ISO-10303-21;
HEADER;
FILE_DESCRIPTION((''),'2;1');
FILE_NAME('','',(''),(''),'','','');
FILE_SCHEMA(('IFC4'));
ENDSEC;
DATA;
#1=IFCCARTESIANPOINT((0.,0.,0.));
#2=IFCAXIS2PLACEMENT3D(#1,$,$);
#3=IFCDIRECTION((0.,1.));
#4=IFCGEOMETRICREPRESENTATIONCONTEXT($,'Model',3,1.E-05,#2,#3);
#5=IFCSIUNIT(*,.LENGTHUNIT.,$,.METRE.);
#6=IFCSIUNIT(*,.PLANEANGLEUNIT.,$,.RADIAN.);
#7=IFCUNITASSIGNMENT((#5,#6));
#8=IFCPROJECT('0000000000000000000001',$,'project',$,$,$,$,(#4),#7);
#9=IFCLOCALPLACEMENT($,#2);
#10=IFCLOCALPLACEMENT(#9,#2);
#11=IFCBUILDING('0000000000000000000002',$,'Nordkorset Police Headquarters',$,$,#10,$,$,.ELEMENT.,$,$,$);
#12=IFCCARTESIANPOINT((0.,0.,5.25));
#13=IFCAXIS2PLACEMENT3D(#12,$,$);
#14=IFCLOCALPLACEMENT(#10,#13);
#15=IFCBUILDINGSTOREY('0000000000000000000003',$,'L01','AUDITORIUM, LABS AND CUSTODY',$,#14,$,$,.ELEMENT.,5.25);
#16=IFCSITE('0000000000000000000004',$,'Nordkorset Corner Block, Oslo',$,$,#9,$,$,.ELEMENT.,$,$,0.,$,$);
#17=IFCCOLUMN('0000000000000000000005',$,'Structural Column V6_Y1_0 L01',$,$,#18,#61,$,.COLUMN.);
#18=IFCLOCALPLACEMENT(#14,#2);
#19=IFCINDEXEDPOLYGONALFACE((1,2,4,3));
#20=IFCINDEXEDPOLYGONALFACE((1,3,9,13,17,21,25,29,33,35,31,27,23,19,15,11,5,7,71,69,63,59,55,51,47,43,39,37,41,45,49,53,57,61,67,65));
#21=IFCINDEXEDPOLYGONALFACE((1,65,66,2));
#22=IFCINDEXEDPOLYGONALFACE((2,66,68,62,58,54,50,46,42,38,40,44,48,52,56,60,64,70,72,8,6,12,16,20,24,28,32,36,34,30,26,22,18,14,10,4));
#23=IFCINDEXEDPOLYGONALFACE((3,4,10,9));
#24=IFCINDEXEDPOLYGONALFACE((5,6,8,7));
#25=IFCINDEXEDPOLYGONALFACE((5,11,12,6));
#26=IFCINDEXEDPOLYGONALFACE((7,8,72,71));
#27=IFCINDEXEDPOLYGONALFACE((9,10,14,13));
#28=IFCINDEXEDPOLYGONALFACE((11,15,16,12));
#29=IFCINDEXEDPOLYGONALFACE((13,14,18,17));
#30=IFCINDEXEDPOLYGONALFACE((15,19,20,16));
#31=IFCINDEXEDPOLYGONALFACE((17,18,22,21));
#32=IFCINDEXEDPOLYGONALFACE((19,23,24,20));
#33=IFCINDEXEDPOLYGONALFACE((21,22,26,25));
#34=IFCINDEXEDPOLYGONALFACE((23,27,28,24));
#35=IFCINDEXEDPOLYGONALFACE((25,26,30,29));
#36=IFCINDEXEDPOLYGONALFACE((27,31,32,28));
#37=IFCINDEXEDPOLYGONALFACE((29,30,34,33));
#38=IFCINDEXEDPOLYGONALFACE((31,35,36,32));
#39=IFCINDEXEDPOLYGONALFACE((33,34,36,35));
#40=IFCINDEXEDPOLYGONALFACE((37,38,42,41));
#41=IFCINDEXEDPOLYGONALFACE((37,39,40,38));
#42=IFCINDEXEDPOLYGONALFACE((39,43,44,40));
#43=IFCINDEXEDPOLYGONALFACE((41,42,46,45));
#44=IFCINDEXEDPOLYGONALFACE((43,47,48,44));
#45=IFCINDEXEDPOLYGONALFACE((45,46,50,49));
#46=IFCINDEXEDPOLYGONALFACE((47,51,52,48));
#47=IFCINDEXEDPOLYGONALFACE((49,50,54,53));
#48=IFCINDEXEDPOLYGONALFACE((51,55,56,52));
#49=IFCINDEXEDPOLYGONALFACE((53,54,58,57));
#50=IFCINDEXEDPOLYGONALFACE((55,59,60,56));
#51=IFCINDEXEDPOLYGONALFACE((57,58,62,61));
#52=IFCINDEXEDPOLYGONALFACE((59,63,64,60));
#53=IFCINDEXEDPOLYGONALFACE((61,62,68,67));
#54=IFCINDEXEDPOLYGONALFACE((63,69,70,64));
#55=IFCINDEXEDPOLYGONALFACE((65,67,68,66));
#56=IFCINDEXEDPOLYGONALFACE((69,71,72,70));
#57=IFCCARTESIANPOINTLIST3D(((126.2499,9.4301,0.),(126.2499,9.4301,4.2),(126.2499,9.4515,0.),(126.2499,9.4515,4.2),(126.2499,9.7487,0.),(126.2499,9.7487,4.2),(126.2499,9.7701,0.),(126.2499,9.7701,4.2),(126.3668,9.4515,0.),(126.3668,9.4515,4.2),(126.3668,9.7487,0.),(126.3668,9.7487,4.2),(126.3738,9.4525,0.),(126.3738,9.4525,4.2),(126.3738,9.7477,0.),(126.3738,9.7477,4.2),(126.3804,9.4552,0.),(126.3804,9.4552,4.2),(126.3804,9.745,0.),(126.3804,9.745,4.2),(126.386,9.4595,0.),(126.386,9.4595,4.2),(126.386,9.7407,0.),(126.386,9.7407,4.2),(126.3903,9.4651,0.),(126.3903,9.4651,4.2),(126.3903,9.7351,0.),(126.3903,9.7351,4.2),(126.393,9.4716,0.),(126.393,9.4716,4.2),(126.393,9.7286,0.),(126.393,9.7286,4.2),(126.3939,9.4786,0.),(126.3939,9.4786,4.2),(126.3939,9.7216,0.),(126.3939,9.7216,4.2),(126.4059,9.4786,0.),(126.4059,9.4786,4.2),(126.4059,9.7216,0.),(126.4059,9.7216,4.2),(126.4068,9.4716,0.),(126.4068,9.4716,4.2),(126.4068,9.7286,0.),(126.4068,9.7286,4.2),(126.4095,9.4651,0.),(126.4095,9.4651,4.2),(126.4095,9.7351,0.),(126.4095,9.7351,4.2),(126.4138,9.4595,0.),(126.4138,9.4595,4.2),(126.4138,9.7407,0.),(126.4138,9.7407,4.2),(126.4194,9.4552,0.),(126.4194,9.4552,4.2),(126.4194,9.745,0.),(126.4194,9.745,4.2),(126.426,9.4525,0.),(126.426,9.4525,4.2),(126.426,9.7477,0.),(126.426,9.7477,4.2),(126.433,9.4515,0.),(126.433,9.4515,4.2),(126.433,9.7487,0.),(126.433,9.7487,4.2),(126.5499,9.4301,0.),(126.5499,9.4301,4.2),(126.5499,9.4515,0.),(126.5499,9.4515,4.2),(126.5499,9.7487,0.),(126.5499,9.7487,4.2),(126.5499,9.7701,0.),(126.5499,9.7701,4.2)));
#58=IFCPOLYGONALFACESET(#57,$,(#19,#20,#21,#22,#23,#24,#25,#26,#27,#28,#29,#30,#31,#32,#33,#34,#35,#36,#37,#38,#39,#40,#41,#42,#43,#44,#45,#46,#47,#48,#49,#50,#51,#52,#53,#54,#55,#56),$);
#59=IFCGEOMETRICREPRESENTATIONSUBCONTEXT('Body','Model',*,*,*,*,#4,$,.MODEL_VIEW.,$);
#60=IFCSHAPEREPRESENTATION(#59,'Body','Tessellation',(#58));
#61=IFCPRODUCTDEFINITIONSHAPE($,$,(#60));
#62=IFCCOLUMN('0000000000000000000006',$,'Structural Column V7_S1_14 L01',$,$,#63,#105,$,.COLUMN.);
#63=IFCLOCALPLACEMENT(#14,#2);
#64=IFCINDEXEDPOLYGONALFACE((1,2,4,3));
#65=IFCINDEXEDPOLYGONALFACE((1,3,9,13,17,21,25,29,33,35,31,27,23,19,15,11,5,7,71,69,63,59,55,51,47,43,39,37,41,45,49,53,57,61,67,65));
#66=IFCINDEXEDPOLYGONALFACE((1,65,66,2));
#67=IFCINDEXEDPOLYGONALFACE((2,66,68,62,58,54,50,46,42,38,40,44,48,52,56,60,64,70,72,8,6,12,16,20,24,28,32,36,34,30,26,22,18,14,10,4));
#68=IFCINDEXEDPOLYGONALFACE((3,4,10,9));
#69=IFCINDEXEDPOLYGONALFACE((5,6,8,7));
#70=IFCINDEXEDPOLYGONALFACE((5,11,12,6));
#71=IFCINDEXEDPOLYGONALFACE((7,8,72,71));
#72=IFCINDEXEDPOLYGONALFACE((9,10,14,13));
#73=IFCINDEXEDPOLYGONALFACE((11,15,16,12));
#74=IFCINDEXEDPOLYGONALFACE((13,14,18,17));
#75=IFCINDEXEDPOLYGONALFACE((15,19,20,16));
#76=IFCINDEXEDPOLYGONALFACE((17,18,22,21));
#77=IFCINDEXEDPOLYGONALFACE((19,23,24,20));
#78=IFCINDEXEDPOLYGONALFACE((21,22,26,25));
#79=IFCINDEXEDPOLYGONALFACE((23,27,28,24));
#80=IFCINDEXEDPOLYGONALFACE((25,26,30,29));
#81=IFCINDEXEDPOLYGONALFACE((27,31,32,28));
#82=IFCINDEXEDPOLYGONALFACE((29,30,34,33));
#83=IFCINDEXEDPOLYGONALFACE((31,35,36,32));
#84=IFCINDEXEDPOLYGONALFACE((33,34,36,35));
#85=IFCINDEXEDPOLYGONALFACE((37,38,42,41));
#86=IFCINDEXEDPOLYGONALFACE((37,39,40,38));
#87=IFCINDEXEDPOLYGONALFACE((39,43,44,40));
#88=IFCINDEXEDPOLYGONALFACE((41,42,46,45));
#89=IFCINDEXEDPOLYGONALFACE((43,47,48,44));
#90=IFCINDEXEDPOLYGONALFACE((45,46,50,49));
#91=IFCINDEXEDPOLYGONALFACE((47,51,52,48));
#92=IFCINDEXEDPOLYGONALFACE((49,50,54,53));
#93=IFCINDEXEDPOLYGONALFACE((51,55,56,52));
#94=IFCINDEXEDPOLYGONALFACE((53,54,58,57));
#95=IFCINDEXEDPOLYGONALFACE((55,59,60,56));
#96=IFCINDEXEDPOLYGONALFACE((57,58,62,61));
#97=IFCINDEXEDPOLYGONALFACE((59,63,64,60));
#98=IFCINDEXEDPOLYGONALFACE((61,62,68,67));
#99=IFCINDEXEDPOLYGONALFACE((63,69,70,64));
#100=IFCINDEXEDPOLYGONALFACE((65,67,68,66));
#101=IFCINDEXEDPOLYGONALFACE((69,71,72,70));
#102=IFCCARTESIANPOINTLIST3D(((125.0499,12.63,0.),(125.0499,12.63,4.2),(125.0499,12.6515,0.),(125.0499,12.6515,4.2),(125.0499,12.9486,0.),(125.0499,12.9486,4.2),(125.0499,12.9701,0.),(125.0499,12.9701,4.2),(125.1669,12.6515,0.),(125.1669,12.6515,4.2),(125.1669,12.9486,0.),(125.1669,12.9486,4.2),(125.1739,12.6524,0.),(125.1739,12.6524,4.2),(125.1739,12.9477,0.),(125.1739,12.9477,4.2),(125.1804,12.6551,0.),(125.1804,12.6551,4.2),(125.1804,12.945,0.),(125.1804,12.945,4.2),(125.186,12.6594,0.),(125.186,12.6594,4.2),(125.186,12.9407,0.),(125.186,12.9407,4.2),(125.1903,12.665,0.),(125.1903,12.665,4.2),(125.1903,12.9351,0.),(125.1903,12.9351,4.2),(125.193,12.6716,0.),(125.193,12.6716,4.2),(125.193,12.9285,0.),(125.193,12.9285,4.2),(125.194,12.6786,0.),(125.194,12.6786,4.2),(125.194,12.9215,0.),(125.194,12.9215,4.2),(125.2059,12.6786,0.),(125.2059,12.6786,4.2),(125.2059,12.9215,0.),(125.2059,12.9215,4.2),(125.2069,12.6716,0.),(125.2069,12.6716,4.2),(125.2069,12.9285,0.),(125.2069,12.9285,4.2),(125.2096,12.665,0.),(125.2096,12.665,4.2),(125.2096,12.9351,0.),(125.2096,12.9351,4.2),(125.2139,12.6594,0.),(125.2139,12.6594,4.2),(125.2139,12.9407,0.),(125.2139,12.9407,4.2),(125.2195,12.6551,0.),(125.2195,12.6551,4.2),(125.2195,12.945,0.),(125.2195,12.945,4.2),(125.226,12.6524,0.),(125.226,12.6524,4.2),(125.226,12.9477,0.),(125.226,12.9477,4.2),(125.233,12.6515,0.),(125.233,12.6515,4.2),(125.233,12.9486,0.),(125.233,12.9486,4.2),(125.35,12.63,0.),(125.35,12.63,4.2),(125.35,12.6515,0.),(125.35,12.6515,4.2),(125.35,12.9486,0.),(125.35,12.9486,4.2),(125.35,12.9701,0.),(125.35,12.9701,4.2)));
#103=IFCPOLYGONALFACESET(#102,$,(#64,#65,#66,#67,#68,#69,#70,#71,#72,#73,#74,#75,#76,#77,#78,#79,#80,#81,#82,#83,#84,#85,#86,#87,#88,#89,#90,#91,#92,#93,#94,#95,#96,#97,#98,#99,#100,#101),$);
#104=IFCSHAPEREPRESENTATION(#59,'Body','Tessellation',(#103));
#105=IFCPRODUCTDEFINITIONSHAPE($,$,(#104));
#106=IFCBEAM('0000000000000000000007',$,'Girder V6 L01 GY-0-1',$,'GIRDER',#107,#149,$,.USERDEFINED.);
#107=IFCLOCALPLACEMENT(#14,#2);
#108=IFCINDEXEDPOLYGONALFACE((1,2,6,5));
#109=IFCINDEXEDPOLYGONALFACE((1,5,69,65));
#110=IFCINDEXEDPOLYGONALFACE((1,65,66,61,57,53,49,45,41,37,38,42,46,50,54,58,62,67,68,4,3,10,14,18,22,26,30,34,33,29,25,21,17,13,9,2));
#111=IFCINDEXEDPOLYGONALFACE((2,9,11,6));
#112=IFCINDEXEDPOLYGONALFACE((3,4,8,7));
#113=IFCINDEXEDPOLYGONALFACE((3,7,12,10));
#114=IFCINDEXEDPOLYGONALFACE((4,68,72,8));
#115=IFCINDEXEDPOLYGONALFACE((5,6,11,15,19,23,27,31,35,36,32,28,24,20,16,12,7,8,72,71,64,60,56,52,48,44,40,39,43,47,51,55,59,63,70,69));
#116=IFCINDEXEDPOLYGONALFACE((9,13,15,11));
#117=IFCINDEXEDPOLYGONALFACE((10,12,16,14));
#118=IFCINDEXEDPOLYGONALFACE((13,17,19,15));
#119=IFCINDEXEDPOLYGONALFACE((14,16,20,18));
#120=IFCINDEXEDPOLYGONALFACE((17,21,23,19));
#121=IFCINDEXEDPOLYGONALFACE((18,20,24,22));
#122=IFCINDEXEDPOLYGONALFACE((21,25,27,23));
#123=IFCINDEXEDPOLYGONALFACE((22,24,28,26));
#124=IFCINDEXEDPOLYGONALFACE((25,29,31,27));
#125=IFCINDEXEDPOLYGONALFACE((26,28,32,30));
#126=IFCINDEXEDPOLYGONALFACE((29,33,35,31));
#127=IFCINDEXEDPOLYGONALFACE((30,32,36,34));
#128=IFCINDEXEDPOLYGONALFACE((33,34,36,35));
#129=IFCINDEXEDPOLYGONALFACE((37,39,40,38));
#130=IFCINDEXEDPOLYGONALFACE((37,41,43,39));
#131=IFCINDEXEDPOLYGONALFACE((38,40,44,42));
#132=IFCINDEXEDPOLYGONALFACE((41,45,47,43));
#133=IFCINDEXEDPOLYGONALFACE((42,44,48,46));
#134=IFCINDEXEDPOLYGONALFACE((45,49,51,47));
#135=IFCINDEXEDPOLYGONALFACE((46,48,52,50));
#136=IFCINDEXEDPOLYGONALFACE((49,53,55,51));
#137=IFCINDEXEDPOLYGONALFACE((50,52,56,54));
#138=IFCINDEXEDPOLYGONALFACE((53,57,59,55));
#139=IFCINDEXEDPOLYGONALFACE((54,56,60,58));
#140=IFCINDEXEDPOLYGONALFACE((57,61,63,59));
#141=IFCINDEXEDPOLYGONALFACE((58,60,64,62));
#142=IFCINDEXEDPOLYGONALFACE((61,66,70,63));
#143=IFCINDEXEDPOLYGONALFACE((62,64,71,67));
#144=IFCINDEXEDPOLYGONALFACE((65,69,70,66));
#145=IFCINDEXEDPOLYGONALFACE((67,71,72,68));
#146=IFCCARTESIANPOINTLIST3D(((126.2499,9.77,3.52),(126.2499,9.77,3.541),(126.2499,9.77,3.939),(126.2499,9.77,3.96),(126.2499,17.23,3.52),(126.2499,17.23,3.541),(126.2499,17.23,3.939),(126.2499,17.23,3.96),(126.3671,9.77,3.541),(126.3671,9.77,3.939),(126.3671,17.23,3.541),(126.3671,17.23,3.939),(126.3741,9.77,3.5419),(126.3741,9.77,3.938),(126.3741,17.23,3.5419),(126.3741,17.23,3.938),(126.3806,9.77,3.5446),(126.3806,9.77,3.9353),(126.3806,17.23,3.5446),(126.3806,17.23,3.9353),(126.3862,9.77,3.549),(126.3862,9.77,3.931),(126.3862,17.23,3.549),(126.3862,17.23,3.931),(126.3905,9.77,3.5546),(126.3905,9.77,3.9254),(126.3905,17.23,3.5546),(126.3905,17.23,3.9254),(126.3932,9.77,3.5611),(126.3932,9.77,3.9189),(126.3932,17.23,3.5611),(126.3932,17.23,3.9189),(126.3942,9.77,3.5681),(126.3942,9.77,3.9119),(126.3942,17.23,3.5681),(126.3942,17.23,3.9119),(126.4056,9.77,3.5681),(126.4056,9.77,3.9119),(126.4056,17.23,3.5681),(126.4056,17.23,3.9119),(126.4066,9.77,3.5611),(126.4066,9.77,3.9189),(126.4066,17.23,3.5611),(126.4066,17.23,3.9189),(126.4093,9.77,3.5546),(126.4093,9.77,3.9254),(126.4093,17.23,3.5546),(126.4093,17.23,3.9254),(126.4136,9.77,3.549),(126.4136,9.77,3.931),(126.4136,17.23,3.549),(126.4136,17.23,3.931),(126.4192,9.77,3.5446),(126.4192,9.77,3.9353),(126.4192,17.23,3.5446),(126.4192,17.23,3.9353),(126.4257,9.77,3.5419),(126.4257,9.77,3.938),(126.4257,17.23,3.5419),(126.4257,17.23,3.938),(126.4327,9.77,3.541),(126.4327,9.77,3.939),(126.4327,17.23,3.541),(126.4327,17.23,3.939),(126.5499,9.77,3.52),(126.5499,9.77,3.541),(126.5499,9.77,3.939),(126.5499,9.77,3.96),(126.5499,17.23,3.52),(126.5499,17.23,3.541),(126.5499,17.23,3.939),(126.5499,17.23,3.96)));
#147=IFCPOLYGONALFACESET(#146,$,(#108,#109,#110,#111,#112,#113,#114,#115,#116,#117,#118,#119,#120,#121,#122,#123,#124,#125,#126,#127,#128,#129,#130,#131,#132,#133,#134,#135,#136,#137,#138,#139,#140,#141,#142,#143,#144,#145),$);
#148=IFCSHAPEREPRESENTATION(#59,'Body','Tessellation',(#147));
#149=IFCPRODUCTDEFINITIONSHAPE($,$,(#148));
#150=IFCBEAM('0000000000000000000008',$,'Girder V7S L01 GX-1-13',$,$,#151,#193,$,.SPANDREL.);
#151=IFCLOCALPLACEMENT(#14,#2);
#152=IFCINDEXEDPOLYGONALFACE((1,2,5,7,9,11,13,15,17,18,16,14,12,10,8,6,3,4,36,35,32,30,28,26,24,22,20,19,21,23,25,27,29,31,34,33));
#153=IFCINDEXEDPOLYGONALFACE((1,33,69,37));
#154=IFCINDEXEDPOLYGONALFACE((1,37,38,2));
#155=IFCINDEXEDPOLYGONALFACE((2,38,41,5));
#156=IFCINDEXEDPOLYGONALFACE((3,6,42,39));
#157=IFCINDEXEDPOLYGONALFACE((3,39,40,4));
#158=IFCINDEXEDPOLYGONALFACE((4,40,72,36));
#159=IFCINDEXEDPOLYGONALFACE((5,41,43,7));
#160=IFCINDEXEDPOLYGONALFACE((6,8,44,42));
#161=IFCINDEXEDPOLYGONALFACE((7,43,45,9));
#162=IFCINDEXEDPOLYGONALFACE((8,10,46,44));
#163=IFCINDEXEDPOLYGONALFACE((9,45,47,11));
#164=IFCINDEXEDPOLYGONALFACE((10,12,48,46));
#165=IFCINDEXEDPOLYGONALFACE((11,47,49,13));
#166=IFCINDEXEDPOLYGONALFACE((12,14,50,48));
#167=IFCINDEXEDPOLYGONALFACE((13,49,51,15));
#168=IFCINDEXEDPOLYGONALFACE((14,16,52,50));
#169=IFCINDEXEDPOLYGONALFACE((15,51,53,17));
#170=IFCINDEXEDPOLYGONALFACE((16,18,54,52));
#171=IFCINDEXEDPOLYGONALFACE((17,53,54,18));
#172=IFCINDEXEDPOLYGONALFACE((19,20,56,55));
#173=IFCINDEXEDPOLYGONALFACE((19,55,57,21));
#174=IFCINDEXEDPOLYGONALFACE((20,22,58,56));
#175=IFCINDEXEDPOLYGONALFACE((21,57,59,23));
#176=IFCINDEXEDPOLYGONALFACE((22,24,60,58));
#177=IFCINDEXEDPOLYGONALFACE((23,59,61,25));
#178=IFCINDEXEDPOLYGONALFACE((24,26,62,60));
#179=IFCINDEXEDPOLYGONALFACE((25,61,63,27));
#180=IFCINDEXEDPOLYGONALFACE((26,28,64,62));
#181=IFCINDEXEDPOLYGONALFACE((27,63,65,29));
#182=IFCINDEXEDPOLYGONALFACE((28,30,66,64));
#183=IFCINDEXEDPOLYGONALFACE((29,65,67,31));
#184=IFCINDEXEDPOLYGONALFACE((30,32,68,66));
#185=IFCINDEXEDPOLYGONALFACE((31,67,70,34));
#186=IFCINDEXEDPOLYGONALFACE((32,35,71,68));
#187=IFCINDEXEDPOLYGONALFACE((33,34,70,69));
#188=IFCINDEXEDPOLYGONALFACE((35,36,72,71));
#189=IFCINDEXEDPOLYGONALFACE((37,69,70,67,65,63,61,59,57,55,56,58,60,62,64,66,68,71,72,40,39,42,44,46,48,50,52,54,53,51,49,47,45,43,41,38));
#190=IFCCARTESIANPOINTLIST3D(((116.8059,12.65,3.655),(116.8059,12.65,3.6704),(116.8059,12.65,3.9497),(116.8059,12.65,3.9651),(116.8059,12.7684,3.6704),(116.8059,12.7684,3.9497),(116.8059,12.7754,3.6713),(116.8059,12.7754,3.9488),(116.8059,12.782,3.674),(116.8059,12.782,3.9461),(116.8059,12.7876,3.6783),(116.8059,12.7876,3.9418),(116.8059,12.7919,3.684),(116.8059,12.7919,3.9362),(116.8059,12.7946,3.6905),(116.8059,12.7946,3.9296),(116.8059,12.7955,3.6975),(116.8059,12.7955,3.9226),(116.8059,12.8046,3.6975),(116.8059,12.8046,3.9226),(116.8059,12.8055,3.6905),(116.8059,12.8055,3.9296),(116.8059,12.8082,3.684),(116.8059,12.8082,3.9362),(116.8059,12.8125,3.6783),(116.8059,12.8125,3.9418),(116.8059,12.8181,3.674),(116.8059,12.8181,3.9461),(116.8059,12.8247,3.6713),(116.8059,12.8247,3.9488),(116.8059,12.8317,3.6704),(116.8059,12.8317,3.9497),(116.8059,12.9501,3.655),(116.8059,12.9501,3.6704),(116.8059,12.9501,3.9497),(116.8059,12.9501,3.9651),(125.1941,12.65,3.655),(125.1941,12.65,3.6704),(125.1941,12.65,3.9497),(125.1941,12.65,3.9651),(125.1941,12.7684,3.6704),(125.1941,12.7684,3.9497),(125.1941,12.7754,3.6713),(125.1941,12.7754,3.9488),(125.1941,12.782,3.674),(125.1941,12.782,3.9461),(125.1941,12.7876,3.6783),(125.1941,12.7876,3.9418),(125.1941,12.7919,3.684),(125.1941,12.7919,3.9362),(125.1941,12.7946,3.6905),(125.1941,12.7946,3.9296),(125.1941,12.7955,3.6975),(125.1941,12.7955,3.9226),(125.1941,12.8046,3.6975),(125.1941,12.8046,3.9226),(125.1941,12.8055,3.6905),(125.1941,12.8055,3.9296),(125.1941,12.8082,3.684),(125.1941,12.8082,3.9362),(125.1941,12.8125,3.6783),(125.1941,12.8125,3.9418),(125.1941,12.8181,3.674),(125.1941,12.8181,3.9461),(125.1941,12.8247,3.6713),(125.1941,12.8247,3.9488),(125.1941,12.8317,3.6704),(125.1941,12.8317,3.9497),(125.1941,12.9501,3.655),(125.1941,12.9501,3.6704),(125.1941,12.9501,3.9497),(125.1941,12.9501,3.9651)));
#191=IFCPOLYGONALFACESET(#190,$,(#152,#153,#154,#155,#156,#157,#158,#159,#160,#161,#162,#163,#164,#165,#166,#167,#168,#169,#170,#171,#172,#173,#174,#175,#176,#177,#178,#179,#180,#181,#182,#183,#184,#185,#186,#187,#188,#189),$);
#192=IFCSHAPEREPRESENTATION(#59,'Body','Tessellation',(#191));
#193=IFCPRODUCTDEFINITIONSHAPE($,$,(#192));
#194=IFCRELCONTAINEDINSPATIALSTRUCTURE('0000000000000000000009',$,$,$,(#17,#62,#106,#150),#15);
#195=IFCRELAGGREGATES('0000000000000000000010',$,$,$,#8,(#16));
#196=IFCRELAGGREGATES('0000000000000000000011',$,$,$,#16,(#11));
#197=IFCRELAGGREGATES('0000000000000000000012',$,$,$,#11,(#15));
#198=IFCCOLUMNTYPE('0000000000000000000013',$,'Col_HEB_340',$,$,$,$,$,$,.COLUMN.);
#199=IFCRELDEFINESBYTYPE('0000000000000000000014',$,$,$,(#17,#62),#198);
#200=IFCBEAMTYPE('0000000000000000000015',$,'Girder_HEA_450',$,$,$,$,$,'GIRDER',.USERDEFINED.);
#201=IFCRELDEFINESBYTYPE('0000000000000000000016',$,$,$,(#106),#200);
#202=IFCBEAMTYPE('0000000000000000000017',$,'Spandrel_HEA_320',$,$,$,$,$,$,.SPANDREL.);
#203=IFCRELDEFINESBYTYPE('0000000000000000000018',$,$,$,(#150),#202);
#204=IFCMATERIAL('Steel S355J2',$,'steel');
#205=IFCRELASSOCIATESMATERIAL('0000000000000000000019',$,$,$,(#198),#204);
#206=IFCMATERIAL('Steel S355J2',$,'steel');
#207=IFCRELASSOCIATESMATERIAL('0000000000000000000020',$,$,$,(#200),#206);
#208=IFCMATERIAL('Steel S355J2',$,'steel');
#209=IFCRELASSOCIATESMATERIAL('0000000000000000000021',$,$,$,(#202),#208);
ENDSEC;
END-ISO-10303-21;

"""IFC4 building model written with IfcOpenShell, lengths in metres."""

from ifc_helpers import new_model, si_unit, direction, frame, origin, origin_2d, place, context, subcontext, project, spatial, i_section, extrude, material, material_profile, profile_set, type_object, element, save


model = new_model("IFC4")

# Units and contexts
model_context = context("Model", 3, precision=1e-05, world=origin(), true_north=direction((0.0, 1.0)))
body_context = subcontext(model_context, "Body", "Model", "MODEL_VIEW")
ifc_project = project(units=[si_unit("LENGTHUNIT", "METRE"), si_unit("PLANEANGLEUNIT", "RADIAN")], contexts=[model_context])

# Site, building, storey
site_placement = place(None, origin())
site = spatial("IfcSite", under=ifc_project, at=site_placement, Name="Nordkorset Corner Block, Oslo", CompositionType="ELEMENT", RefElevation=0.0)
building_placement = place(site_placement, origin())
building = spatial("IfcBuilding", under=site, at=building_placement, Name="Nordkorset Police Headquarters", CompositionType="ELEMENT")
storey_placement = place(building_placement, frame((0.0, 0.0, 5.25)))
storey = spatial("IfcBuildingStorey", under=building, at=storey_placement, Name="L01", Description="AUDITORIUM, LABS AND CUSTODY", CompositionType="ELEMENT", Elevation=5.25)

# Columns
ifc_material_1 = material(Name="Steel S355J2", Category="steel")
ifc_material_profile_1 = material_profile(ifc_material_1, i_section(OverallWidth=0.3, OverallDepth=0.3401, WebThickness=0.012, FlangeThickness=0.0215, FilletRadius=0.0271, at=origin_2d()), Name="HEB 340")
ifc_profile_set_1 = profile_set([ifc_material_profile_1], Name="Steel S355J2")
column_type = type_object("IfcColumnType", Name="Col_HEB_340", PredefinedType="COLUMN", material=ifc_profile_set_1)
for number, where, z_axis, x_axis, name in (
    (1, (126.3999, 9.6001, 0.0), (0.0, 0.0, 1.0), (1.0, 0.0, 0.0), "Structural Column V6_Y1_0 L01"),
    (2, (125.2, 12.8, 0.0), (0.0, 0.0, 1.0), (1.0, 0.0, 0.0), "Structural Column V7_S1_14 L01"),
):
    element("IfcColumn", number, at=place(storey_placement, frame(where, z_axis=z_axis, x_axis=x_axis)), inside=storey, type_object=column_type, Name=name, PredefinedType="COLUMN", context=body_context, shape_type="SweptSolid", body=[
        extrude(i_section(OverallWidth=0.3, OverallDepth=0.3401, WebThickness=0.012, FlangeThickness=0.0215, FilletRadius=0.0271, at=origin_2d()), origin(), (0.0, 0.0, 1.0), 4.2),
    ])

# Beams
ifc_material_2 = material(Name="Steel S355J2", Category="steel")
ifc_material_profile_2 = material_profile(ifc_material_2, i_section(OverallWidth=0.3, OverallDepth=0.4399, WebThickness=0.0115, FlangeThickness=0.021, FilletRadius=0.0271, at=origin_2d()), Name="HEA 450")
ifc_profile_set_2 = profile_set([ifc_material_profile_2], Name="Steel S355J2")
beam_type_1 = type_object("IfcBeamType", Name="Girder_HEA_450", ElementType="GIRDER", PredefinedType="USERDEFINED", material=ifc_profile_set_2)
beam_1_placement = place(storey_placement, frame((126.3999, 9.77, 3.74), z_axis=(0.0, 1.0, 0.0), x_axis=(-1.0, 0.0, 0.0)))
element("IfcBeam", 3, at=beam_1_placement, inside=storey, type_object=beam_type_1, Name="Girder V6 L01 GY-0-1", ObjectType="GIRDER", PredefinedType="USERDEFINED", context=body_context, shape_type="SweptSolid", body=[
    extrude(i_section(OverallWidth=0.3, OverallDepth=0.4399, WebThickness=0.0115, FlangeThickness=0.021, FilletRadius=0.0271, at=origin_2d()), origin(), (0.0, 0.0, 1.0), 7.46),
])
ifc_material_3 = material(Name="Steel S355J2", Category="steel")
ifc_material_profile_3 = material_profile(ifc_material_3, i_section(OverallWidth=0.3, OverallDepth=0.3101, WebThickness=0.009, FlangeThickness=0.0154, FilletRadius=0.0271, at=origin_2d()), Name="HEA 320")
ifc_profile_set_3 = profile_set([ifc_material_profile_3], Name="Steel S355J2")
beam_type_2 = type_object("IfcBeamType", Name="Spandrel_HEA_320", PredefinedType="SPANDREL", material=ifc_profile_set_3)
beam_2_placement = place(storey_placement, frame((116.8059, 12.8, 3.8101), z_axis=(1.0, 0.0, 0.0), x_axis=(0.0, 1.0, 0.0)))
element("IfcBeam", 4, at=beam_2_placement, inside=storey, type_object=beam_type_2, Name="Girder V7S L01 GX-1-13", PredefinedType="SPANDREL", context=body_context, shape_type="SweptSolid", body=[
    extrude(i_section(OverallWidth=0.3, OverallDepth=0.3101, WebThickness=0.009, FlangeThickness=0.0154, FilletRadius=0.0271, at=origin_2d()), origin(), (0.0, 0.0, 1.0), 8.3882),
])

save(model, "model.ifc")
